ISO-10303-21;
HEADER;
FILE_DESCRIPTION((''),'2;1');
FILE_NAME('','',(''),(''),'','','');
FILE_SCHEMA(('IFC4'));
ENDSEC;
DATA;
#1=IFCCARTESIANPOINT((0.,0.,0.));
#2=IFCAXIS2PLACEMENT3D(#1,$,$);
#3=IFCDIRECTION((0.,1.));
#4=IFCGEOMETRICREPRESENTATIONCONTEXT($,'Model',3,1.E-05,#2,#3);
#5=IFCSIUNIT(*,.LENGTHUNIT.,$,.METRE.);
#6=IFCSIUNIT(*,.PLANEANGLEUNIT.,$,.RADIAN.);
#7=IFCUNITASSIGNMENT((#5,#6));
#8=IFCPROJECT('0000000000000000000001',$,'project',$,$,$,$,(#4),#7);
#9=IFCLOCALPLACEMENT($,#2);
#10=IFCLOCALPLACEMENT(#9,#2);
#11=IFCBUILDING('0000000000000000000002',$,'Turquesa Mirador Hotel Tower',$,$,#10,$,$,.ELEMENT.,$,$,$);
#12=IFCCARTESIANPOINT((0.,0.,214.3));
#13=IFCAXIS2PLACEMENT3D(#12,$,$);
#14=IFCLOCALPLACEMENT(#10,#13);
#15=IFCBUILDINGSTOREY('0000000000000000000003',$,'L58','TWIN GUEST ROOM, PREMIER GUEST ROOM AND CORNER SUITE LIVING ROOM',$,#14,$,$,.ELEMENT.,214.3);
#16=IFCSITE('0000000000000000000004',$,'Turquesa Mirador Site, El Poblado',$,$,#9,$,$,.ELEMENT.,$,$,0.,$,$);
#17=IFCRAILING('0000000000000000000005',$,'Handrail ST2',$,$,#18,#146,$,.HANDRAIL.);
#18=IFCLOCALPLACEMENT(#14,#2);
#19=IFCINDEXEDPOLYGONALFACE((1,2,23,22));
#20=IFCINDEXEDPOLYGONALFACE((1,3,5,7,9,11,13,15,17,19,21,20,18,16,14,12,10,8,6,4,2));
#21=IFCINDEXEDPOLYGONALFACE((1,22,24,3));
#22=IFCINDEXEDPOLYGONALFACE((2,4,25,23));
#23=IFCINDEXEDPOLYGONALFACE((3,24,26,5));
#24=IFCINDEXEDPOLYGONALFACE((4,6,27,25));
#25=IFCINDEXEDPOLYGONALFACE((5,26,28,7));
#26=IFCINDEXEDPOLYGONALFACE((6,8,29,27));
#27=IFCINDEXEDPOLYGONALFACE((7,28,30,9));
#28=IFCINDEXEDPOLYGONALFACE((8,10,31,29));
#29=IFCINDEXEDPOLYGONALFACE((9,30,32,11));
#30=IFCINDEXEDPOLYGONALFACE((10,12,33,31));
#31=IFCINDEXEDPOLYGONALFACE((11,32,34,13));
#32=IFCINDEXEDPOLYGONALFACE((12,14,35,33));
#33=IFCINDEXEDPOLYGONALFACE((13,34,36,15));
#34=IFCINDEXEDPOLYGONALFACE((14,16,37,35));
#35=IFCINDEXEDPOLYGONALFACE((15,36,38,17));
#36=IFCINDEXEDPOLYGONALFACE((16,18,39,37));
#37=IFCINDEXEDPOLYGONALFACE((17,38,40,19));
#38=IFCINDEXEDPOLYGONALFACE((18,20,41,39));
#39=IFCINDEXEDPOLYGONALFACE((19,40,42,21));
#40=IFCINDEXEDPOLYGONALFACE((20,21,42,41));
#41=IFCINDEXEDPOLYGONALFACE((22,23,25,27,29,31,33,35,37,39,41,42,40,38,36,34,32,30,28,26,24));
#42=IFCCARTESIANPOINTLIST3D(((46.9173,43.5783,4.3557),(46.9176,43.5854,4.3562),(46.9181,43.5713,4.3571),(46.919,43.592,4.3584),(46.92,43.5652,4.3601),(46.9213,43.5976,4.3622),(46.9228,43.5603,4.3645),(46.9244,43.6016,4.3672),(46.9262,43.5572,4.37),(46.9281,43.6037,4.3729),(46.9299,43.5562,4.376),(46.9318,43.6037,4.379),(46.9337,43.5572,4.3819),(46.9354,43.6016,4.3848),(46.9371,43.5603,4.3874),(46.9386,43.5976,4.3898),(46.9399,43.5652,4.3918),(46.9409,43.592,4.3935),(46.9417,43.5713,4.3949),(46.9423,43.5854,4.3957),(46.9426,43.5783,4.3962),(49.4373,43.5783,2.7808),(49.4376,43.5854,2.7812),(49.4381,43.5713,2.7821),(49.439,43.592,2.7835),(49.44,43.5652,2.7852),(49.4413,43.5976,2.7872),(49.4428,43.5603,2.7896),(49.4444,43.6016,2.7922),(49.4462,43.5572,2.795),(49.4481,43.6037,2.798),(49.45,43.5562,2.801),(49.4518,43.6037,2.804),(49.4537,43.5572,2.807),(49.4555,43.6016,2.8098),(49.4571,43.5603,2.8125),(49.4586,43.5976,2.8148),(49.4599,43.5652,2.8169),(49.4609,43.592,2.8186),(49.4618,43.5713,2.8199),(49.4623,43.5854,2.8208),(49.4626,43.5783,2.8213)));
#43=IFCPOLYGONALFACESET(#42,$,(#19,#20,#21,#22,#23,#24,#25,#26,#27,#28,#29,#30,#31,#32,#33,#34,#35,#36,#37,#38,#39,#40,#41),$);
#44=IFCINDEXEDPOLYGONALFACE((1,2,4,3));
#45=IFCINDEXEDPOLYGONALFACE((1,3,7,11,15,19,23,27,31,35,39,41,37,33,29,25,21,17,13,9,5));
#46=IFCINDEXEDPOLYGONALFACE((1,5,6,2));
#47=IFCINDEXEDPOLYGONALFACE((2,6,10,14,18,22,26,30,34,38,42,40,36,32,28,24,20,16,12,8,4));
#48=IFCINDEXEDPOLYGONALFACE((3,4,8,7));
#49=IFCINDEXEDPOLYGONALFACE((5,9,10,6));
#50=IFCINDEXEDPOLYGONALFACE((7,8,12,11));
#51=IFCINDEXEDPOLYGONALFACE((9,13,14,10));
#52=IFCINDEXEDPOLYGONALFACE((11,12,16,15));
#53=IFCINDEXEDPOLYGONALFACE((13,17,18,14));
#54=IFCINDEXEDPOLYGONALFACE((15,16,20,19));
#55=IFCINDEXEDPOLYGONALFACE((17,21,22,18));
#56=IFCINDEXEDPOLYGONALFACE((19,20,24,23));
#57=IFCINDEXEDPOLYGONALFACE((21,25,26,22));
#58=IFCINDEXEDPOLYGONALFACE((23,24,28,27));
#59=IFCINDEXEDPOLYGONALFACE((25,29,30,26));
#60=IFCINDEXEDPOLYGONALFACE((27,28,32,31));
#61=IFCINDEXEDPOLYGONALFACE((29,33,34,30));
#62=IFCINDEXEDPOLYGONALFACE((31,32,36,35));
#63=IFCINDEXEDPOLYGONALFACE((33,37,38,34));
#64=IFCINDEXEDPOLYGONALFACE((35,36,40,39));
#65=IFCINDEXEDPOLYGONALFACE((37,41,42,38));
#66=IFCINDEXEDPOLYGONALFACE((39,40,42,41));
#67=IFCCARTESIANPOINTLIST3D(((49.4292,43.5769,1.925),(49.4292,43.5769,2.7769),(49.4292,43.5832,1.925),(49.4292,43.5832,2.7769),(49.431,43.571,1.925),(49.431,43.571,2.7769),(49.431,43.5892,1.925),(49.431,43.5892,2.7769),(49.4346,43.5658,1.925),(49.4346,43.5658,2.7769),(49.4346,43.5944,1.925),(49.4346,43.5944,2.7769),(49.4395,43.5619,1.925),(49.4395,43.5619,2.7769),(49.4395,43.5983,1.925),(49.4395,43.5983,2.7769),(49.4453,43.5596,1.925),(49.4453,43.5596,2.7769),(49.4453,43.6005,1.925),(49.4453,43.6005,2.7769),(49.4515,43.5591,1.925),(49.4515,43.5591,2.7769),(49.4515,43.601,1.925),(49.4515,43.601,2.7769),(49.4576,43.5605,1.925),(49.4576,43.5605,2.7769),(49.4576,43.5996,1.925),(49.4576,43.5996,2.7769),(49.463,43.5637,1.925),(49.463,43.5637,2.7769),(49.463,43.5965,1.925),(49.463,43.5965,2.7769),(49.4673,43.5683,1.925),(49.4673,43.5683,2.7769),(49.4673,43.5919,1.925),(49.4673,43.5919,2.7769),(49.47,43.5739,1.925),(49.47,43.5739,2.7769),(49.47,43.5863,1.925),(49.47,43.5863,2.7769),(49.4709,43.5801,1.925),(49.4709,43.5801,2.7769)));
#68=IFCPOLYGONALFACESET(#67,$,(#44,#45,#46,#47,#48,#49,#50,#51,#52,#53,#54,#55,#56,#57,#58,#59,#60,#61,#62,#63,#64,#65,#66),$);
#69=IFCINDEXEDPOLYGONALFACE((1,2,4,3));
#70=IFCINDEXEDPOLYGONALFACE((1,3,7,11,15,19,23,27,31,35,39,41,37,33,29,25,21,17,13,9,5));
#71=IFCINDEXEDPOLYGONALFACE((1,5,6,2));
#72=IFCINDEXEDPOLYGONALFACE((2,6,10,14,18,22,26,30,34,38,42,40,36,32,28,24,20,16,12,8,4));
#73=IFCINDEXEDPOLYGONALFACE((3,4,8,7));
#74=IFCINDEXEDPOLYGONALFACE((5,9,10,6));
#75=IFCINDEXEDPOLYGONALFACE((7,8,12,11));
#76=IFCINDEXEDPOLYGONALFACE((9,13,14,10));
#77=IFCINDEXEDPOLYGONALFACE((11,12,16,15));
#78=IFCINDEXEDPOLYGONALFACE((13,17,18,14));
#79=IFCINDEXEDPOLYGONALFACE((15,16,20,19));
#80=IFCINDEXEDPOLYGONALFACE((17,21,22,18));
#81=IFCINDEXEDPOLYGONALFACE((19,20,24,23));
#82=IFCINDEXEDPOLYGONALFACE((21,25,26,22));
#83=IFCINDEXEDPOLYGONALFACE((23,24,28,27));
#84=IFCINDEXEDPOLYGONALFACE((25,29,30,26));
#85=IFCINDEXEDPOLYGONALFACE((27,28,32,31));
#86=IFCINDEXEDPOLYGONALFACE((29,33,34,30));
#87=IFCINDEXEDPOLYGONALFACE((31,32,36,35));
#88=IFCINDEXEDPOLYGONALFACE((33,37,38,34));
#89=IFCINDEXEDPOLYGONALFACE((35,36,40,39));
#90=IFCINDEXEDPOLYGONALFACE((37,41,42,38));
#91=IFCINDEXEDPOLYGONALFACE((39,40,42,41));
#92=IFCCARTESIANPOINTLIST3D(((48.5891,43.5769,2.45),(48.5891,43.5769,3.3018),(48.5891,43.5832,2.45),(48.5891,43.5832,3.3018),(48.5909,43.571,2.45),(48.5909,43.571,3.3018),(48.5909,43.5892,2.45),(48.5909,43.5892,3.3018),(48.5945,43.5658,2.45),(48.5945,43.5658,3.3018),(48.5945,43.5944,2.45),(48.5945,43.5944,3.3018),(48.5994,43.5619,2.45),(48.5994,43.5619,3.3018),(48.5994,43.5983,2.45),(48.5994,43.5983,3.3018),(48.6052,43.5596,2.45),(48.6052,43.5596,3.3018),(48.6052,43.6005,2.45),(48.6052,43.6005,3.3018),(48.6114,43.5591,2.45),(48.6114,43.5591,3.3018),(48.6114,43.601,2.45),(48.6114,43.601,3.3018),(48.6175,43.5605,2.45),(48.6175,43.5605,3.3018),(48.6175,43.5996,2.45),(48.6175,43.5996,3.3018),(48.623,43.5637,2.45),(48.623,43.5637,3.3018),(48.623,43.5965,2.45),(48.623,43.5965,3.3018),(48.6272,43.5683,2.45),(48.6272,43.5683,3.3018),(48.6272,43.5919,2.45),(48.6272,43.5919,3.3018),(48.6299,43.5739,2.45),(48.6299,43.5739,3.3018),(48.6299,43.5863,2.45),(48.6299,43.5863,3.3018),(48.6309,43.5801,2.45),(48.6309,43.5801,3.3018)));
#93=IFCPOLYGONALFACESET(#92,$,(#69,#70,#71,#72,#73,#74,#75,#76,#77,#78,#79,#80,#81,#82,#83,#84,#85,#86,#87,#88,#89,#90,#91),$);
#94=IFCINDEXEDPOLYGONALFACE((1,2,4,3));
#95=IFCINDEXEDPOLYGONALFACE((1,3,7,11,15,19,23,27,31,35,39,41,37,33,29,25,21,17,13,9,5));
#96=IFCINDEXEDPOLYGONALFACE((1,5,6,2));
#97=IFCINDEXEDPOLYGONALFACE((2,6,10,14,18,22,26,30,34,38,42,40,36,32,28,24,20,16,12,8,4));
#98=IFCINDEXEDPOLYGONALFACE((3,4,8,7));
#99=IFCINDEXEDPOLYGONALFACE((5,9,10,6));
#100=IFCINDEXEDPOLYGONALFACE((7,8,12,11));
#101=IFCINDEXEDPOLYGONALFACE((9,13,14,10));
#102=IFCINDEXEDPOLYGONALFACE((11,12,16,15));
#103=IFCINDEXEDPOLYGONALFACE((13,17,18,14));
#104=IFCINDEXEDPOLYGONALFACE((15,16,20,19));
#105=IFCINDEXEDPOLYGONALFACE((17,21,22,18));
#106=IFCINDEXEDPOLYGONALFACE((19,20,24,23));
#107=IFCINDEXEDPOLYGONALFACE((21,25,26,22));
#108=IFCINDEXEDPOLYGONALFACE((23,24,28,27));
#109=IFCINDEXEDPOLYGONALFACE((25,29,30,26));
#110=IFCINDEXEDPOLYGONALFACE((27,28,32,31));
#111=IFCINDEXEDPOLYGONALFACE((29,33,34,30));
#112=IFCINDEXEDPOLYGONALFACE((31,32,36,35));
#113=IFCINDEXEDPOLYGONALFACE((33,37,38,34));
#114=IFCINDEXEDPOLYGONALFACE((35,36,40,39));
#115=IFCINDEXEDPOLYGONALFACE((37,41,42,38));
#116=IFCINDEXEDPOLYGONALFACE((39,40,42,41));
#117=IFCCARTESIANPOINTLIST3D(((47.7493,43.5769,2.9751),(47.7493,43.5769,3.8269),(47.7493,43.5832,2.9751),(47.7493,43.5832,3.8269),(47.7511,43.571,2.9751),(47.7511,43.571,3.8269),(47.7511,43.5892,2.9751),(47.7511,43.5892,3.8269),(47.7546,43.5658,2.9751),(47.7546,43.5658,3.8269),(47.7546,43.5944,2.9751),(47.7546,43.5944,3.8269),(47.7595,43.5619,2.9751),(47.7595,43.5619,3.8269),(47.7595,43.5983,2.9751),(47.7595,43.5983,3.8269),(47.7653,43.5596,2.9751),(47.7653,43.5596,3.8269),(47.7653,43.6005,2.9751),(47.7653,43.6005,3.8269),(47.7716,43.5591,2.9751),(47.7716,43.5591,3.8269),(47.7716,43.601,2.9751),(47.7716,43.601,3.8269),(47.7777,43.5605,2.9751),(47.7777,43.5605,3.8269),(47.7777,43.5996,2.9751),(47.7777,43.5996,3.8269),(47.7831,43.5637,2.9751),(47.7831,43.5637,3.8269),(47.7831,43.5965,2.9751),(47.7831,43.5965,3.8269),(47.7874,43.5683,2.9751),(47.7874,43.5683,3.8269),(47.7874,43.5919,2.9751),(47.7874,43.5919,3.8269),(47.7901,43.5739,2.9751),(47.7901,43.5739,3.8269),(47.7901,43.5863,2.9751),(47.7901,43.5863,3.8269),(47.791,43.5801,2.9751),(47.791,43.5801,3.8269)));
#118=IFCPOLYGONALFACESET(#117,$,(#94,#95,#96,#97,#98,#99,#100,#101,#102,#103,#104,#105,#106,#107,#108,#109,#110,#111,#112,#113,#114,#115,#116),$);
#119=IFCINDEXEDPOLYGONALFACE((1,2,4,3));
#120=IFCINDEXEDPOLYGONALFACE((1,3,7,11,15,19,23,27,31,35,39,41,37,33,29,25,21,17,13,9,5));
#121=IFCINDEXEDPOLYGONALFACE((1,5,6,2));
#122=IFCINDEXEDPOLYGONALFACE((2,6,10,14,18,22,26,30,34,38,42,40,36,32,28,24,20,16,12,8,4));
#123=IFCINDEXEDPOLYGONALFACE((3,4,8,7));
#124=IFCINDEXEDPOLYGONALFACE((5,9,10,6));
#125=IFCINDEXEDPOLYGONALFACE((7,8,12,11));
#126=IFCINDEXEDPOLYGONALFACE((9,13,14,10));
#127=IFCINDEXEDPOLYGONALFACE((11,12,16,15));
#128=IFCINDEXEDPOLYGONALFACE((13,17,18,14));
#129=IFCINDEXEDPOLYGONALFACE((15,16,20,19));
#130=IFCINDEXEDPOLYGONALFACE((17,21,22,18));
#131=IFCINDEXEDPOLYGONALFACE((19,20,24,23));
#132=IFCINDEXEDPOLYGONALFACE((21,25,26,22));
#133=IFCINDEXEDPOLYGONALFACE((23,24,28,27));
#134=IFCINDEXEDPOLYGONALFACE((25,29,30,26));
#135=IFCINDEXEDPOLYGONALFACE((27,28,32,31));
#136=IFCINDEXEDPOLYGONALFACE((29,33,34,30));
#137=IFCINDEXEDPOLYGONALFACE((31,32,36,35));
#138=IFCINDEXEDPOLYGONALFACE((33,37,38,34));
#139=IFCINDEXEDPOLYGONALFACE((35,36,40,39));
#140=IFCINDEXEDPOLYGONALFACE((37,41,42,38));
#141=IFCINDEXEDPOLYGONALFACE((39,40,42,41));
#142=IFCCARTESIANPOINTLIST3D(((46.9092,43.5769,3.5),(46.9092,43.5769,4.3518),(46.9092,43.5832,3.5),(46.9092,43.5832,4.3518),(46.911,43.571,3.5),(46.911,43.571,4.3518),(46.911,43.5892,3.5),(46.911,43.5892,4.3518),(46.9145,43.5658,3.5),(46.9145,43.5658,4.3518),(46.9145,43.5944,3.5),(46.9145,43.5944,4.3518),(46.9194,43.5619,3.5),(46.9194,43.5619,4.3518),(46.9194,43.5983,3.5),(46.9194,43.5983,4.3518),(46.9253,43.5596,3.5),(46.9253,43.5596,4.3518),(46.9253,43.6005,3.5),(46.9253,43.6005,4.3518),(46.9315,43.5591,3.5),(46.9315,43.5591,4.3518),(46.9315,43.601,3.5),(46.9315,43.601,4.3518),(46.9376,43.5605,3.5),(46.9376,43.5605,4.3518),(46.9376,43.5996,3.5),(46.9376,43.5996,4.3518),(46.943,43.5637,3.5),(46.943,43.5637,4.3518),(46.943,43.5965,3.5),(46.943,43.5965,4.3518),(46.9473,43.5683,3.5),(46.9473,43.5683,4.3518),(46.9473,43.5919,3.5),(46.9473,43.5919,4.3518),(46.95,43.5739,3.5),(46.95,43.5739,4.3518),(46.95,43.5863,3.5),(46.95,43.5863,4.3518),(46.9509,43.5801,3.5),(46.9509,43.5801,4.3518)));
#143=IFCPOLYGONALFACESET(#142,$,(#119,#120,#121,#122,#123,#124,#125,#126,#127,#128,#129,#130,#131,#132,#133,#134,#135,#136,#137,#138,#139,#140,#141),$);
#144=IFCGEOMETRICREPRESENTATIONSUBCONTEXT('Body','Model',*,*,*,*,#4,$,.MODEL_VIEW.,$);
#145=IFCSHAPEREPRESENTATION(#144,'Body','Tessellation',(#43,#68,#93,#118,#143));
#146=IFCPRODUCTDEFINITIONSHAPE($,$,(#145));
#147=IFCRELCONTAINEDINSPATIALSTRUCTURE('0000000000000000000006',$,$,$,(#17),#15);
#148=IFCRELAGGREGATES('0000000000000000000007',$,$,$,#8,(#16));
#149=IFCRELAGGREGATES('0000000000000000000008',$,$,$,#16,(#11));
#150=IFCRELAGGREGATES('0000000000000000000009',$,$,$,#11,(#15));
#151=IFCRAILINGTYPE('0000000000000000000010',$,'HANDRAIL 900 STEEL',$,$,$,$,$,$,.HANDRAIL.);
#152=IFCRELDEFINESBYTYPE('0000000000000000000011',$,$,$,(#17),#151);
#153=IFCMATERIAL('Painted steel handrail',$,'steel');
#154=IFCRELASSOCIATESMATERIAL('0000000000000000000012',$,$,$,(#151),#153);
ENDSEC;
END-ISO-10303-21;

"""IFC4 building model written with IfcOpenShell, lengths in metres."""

from ifc_helpers import new_model, si_unit, direction, frame, origin, origin_2d, place, context, subcontext, project, spatial, circle, extrude, material, type_object, element, save


model = new_model("IFC4")

# Units and contexts
model_context = context("Model", 3, precision=1e-05, world=origin(), true_north=direction((0.0, 1.0)))
body_context = subcontext(model_context, "Body", "Model", "MODEL_VIEW")
ifc_project = project(units=[si_unit("LENGTHUNIT", "METRE"), si_unit("PLANEANGLEUNIT", "RADIAN")], contexts=[model_context])

# Site, building, storey
site_placement = place(None, origin())
site = spatial("IfcSite", under=ifc_project, at=site_placement, Name="Turquesa Mirador Site, El Poblado", CompositionType="ELEMENT", RefElevation=0.0)
building_placement = place(site_placement, origin())
building = spatial("IfcBuilding", under=site, at=building_placement, Name="Turquesa Mirador Hotel Tower", CompositionType="ELEMENT")
storey_placement = place(building_placement, frame((0.0, 0.0, 214.3)))
storey = spatial("IfcBuildingStorey", under=building, at=storey_placement, Name="L58", Description="TWIN GUEST ROOM, PREMIER GUEST ROOM AND CORNER SUITE LIVING ROOM", CompositionType="ELEMENT", Elevation=214.3)

# Railing
ifc_material_1 = material(Name="Painted steel handrail", Category="steel")
railing_type = type_object("IfcRailingType", Name="HANDRAIL 900 STEEL", PredefinedType="HANDRAIL", material=ifc_material_1)
railing_1_placement = place(storey_placement, frame((49.45, 43.5801, 1.925)))
element("IfcRailing", 1, at=railing_1_placement, inside=storey, type_object=railing_type, Name="Handrail ST2", PredefinedType="HANDRAIL", context=body_context, shape_type="SweptSolid", body=[
    extrude(circle(Radius=0.0239, at=origin_2d()), frame((0.0, 0.0, 0.876), z_axis=(-0.848008, 0.0, 0.529984), x_axis=(0.0, -1.0, 0.0)), (0.0, 0.0, 1.0), 2.9717),
    extrude(circle(Radius=0.021, at=origin_2d()), origin(), (0.0, 0.0, 1.0), 0.8518),
    extrude(circle(Radius=0.021, at=origin_2d()), frame((-0.8401, 0.0, 0.5249)), (0.0, 0.0, 1.0), 0.8518),
    extrude(circle(Radius=0.021, at=origin_2d()), frame((-1.6799, 0.0, 1.05)), (0.0, 0.0, 1.0), 0.8518),
    extrude(circle(Radius=0.021, at=origin_2d()), frame((-2.52, 0.0, 1.575)), (0.0, 0.0, 1.0), 0.8518),
])

save(model, "model.ifc")
